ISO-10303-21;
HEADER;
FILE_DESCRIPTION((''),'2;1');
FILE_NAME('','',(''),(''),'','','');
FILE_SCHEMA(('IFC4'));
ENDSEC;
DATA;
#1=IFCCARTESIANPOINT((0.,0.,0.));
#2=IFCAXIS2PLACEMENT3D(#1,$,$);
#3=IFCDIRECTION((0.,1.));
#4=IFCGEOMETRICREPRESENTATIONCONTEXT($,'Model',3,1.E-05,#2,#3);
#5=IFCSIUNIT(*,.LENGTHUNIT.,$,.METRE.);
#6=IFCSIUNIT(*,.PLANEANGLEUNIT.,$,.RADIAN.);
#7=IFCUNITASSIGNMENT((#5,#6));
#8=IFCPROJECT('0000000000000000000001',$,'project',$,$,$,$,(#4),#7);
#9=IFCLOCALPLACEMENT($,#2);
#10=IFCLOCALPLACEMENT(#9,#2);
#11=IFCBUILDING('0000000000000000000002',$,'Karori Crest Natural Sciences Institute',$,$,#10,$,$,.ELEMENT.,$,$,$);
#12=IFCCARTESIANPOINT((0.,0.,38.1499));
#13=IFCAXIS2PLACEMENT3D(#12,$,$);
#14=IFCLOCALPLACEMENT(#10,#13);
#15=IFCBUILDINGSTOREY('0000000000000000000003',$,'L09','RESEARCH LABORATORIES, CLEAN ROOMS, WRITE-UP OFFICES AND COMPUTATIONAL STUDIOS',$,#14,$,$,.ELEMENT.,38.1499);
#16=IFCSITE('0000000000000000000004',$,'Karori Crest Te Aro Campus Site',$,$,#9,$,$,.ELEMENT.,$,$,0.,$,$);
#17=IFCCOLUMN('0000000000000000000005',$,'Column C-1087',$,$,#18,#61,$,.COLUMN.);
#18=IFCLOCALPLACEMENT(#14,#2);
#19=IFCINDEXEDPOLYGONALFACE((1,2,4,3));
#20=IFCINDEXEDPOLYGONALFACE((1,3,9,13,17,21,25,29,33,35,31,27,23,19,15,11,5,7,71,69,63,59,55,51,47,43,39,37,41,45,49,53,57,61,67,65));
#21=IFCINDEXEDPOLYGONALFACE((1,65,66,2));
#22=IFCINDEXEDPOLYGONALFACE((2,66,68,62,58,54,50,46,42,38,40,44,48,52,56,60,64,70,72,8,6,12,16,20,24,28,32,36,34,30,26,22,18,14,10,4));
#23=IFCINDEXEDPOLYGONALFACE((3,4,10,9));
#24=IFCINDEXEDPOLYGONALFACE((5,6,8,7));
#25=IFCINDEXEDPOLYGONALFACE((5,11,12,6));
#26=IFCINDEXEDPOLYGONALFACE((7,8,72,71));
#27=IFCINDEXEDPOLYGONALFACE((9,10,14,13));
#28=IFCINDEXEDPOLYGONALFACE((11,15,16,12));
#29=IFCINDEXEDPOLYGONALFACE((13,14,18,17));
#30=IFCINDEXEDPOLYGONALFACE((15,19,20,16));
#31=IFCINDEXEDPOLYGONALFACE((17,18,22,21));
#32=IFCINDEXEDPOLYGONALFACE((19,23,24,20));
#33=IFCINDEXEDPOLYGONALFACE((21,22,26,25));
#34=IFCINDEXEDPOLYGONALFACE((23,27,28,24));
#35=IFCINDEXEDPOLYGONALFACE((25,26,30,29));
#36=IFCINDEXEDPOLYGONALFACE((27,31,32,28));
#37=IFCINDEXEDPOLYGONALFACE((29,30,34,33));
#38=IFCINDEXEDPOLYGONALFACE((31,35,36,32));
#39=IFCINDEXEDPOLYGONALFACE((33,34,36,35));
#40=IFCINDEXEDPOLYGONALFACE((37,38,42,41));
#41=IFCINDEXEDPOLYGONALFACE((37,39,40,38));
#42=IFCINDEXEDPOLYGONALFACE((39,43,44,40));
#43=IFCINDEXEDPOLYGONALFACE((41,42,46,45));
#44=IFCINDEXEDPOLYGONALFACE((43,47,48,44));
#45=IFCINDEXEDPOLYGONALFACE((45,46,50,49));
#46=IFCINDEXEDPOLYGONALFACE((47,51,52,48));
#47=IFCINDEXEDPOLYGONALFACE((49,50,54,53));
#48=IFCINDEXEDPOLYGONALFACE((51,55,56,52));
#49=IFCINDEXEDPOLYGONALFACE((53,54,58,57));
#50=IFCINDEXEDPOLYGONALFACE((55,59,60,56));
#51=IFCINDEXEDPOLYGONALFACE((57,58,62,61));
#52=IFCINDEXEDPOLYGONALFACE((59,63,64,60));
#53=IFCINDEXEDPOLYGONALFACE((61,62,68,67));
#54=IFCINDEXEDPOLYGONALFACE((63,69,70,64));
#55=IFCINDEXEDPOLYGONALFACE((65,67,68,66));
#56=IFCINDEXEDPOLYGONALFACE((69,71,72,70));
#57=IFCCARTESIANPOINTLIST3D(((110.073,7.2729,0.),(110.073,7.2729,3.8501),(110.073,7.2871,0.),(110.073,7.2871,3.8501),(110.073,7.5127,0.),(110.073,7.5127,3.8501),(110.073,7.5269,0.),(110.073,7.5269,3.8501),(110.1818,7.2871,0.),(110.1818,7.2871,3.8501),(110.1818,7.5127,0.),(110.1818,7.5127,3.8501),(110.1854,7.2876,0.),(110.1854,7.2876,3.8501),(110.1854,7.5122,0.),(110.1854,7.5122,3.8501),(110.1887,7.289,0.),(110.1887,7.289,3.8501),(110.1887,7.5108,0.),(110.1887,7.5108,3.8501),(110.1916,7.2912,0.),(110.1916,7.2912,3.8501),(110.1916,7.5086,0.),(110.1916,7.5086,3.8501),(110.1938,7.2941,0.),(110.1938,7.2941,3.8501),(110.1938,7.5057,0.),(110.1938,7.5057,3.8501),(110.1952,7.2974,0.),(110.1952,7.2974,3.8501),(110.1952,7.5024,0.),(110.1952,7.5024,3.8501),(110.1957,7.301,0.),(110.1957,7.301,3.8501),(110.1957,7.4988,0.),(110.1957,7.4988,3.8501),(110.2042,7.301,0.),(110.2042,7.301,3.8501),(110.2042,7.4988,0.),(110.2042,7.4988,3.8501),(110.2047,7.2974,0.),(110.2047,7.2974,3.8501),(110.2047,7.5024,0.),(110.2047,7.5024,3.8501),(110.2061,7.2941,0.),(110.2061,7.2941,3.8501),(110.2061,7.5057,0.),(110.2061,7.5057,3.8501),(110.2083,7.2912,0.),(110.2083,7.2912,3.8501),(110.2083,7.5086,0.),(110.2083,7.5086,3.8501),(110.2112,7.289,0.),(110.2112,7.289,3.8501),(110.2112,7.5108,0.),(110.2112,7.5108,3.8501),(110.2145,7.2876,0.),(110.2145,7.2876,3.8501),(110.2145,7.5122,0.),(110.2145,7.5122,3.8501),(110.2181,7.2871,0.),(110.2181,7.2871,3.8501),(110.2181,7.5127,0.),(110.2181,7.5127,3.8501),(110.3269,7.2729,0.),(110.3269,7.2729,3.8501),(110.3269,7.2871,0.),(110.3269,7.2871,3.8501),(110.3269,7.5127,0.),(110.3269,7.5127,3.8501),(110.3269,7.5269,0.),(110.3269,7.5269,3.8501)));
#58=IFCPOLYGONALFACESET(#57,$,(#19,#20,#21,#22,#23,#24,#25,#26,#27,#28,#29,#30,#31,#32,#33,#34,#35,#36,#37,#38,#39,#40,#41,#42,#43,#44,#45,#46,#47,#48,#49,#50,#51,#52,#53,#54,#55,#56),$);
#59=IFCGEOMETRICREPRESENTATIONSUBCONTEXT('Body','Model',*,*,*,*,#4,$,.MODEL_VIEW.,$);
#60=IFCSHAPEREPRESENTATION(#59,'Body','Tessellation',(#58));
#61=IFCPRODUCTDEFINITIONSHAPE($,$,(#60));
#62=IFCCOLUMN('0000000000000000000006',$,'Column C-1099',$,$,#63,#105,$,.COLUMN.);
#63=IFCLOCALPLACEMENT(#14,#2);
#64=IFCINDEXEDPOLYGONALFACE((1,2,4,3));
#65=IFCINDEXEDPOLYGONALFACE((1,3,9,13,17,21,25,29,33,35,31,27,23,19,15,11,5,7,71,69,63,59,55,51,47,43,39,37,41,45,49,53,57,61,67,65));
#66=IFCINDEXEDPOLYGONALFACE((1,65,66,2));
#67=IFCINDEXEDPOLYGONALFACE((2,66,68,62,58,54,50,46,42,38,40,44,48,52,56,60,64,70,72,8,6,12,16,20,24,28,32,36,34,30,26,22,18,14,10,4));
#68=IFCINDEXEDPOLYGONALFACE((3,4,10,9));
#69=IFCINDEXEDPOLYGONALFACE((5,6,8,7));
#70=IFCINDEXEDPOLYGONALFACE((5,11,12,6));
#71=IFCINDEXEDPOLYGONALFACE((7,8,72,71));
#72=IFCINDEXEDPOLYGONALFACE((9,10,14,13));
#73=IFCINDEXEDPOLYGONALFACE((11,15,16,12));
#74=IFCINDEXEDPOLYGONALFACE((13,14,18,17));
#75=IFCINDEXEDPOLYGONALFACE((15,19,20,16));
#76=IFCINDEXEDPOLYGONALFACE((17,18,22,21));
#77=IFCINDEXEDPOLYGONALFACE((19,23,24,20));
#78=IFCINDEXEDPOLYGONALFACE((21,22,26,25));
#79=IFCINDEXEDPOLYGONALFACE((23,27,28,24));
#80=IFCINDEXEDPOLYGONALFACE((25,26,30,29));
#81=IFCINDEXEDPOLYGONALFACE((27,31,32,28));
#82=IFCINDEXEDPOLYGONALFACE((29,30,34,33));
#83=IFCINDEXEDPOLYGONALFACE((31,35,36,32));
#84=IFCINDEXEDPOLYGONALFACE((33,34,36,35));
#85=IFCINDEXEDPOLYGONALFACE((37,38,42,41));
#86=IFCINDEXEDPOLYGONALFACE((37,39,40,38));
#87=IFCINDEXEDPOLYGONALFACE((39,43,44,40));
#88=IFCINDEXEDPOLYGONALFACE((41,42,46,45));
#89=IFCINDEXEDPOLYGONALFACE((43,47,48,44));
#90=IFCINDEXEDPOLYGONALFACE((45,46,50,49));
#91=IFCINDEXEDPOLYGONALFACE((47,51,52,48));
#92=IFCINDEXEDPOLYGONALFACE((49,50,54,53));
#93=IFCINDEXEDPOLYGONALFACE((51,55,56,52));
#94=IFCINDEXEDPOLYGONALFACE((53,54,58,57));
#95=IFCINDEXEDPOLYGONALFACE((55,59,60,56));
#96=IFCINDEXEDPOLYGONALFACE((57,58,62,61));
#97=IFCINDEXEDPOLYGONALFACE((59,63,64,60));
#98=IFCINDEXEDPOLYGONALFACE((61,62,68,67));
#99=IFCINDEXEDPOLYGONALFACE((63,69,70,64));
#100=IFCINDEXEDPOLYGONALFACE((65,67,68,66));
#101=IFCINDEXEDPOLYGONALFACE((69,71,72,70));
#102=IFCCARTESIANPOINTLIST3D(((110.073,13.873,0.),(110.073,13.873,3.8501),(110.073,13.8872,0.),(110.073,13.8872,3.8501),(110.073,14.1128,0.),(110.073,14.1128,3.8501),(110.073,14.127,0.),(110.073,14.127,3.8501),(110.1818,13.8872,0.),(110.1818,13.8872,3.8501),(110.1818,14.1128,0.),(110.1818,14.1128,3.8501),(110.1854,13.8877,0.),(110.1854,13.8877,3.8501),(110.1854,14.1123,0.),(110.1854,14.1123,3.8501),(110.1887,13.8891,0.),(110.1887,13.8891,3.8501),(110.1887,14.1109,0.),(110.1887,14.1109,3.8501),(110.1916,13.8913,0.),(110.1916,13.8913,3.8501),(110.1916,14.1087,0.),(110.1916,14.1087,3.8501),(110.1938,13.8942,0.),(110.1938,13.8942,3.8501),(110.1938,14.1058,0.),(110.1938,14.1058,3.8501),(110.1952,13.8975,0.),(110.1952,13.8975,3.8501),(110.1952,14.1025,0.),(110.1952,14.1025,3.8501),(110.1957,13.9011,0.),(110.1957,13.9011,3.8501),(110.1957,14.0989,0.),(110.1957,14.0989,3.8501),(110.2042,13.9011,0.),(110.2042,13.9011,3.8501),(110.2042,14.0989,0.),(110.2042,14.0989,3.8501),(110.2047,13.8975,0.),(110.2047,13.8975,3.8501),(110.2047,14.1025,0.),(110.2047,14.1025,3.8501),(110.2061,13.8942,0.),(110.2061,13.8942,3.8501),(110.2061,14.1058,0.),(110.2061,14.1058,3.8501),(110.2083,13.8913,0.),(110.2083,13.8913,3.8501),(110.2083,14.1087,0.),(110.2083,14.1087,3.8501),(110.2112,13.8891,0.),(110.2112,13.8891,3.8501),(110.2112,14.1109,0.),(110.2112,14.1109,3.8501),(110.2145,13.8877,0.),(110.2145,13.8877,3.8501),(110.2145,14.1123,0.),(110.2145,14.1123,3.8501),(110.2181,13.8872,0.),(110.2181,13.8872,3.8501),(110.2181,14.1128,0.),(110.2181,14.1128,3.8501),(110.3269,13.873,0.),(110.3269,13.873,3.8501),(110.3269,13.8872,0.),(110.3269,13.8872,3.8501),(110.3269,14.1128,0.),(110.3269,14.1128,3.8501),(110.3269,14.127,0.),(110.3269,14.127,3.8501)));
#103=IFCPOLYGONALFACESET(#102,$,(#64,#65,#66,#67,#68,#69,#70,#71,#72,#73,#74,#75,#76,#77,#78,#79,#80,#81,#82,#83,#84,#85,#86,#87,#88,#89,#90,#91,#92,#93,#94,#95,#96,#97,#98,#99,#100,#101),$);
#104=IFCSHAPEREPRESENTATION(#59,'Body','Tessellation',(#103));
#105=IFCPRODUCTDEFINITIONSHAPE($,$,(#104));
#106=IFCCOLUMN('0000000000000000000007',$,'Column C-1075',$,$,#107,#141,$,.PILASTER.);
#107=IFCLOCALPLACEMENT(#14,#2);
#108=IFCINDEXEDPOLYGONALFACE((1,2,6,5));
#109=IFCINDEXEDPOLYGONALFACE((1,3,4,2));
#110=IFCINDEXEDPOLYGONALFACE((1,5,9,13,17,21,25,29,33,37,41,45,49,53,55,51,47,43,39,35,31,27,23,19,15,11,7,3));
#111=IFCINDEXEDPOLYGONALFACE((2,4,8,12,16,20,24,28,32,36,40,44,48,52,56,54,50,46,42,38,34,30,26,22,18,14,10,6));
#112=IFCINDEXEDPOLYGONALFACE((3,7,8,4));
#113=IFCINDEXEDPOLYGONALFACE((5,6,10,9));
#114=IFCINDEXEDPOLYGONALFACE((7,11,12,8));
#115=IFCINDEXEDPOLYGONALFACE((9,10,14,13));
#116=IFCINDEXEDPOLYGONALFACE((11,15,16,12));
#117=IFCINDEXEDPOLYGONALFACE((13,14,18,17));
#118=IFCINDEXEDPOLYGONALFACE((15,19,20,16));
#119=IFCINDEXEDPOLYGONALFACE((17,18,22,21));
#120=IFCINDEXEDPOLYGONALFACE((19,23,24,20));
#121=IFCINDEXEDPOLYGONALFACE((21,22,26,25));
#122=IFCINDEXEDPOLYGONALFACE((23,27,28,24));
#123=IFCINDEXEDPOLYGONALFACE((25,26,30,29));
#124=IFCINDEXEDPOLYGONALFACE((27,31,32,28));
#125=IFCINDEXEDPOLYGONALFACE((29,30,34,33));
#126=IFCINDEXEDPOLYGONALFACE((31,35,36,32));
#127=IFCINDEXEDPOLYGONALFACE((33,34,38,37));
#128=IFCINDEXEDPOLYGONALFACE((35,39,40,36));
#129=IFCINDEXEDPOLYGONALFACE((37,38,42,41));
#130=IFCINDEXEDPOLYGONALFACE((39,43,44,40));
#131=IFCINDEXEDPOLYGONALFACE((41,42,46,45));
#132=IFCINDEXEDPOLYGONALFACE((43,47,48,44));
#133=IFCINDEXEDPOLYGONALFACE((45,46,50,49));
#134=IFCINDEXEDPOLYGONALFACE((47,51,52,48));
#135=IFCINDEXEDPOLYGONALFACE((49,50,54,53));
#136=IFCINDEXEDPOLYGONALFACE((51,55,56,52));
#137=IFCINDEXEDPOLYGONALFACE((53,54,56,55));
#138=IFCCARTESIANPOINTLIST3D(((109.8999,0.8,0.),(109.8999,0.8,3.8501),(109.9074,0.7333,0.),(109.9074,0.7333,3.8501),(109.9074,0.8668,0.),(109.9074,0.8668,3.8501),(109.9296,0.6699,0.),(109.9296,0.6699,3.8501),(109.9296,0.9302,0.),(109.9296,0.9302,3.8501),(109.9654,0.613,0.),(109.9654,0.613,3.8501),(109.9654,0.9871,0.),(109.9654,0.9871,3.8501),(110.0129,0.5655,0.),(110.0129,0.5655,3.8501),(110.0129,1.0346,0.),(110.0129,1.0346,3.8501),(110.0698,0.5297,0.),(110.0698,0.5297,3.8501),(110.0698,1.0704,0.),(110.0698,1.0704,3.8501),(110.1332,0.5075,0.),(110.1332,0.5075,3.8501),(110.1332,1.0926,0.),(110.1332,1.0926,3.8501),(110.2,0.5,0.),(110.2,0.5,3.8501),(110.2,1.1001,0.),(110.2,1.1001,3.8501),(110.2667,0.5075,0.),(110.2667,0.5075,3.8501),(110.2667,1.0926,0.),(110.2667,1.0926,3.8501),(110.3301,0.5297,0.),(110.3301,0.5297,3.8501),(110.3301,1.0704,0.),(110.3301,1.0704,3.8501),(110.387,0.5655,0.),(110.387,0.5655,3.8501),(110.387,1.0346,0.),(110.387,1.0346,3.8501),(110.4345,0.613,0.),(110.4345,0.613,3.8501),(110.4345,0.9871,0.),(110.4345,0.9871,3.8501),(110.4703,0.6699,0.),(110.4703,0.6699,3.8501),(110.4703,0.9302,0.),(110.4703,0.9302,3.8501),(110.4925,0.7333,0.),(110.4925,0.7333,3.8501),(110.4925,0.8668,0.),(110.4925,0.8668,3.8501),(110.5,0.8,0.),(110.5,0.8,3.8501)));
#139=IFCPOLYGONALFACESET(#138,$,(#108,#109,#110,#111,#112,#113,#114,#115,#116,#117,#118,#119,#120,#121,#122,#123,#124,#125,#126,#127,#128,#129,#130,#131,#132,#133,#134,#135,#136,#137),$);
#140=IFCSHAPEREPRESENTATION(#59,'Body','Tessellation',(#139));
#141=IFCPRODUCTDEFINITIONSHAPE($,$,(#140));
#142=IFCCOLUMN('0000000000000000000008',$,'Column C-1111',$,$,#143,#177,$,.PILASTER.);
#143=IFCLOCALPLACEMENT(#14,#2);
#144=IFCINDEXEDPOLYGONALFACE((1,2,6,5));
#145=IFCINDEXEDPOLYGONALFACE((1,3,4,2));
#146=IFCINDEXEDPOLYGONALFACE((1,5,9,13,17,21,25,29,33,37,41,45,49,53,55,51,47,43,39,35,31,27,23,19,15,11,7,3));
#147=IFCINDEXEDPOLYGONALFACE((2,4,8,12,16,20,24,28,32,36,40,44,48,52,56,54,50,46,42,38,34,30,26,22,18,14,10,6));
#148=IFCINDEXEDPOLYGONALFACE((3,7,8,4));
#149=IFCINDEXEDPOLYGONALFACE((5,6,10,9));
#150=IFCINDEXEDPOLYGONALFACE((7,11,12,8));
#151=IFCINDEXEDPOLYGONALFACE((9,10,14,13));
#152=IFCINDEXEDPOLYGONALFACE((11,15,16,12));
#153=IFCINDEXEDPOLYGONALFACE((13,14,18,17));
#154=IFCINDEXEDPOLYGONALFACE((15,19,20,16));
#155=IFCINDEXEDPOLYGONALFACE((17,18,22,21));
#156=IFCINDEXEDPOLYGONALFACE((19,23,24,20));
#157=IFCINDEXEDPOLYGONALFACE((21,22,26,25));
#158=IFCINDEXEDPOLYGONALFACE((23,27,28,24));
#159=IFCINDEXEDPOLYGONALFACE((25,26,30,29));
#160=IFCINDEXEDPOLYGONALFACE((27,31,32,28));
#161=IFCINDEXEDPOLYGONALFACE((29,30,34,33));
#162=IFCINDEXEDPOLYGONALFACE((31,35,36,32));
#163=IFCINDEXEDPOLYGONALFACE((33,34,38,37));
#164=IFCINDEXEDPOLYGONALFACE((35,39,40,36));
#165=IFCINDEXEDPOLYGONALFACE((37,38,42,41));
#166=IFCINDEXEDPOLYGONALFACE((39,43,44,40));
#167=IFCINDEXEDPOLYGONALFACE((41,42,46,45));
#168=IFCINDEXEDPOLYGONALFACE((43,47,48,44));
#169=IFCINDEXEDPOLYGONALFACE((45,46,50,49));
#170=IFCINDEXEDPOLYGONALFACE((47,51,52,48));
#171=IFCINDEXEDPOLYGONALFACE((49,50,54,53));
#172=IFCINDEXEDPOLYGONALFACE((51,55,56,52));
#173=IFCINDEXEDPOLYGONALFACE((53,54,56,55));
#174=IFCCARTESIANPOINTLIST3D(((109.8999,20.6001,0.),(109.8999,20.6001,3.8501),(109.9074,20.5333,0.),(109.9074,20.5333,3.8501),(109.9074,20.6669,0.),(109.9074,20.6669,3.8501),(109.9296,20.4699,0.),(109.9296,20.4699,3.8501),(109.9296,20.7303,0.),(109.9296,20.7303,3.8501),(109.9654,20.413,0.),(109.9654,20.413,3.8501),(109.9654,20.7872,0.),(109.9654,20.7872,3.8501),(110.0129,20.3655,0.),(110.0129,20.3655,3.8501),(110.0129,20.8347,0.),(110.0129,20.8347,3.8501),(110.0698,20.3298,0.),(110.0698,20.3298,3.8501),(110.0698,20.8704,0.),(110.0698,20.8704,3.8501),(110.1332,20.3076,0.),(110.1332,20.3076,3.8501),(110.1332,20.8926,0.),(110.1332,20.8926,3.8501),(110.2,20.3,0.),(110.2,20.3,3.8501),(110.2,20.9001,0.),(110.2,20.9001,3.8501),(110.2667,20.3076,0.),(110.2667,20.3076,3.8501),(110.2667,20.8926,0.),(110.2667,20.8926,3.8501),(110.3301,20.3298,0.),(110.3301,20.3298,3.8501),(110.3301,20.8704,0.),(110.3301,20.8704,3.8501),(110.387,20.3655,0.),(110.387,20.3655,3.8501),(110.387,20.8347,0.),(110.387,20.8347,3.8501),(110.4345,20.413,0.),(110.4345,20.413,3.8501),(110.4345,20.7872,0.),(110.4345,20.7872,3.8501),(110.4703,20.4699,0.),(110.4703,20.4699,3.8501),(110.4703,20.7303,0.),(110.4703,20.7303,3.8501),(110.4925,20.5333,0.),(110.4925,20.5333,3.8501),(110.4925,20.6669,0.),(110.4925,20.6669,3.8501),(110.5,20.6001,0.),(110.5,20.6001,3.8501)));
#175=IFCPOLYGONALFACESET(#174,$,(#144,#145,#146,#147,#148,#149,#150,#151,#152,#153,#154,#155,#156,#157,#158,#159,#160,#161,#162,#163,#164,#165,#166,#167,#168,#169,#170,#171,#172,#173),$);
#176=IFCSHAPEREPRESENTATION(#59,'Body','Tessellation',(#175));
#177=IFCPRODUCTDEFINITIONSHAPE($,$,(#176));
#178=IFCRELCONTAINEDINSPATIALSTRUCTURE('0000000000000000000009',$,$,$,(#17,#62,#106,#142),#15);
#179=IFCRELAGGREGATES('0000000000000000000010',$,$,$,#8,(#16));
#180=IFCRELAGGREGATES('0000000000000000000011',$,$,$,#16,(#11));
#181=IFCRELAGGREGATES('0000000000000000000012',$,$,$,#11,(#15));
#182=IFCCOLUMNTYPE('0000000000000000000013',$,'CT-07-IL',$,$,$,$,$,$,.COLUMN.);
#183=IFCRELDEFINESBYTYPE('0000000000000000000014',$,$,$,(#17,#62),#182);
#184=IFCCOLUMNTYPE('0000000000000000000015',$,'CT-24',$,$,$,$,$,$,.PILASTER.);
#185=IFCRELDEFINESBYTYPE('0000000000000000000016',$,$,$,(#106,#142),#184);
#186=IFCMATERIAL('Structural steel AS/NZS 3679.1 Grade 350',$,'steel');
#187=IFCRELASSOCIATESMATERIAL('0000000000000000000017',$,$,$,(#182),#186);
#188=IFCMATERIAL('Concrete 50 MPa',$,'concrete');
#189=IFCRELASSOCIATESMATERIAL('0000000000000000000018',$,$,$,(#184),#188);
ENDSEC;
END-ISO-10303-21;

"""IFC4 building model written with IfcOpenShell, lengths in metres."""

from ifc_helpers import new_model, si_unit, direction, frame, origin, origin_2d, place, context, subcontext, project, spatial, circle, i_section, extrude, material, material_profile, profile_set, type_object, element, save


model = new_model("IFC4")

# Units and contexts
model_context = context("Model", 3, precision=1e-05, world=origin(), true_north=direction((0.0, 1.0)))
body_context = subcontext(model_context, "Body", "Model", "MODEL_VIEW")
ifc_project = project(units=[si_unit("LENGTHUNIT", "METRE"), si_unit("PLANEANGLEUNIT", "RADIAN")], contexts=[model_context])

# Site, building, storey
site_placement = place(None, origin())
site = spatial("IfcSite", under=ifc_project, at=site_placement, Name="Karori Crest Te Aro Campus Site", CompositionType="ELEMENT", RefElevation=0.0)
building_placement = place(site_placement, origin())
building = spatial("IfcBuilding", under=site, at=building_placement, Name="Karori Crest Natural Sciences Institute", CompositionType="ELEMENT")
storey_placement = place(building_placement, frame((0.0, 0.0, 38.1499)))
storey = spatial("IfcBuildingStorey", under=building, at=storey_placement, Name="L09", Description="RESEARCH LABORATORIES, CLEAN ROOMS, WRITE-UP OFFICES AND COMPUTATIONAL STUDIOS", CompositionType="ELEMENT", Elevation=38.1499)

# Columns
ifc_material_1 = material(Name="Structural steel AS/NZS 3679.1 Grade 350", Category="steel")
ifc_material_profile_1 = material_profile(ifc_material_1, i_section(OverallWidth=0.2539, OverallDepth=0.2539, WebThickness=0.0085, FlangeThickness=0.0142, FilletRadius=0.0139, at=origin_2d()), Name="250UC72.9")
ifc_profile_set_1 = profile_set([ifc_material_profile_1], Name="Structural steel AS/NZS 3679.1 Grade 350")
column_type_1 = type_object("IfcColumnType", Name="CT-07-IL", PredefinedType="COLUMN", material=ifc_profile_set_1)
for number, where, z_axis, x_axis, name in (
    (1, (110.2, 7.3999, 0.0), (0.0, 0.0, 1.0), (1.0, 0.0, 0.0), "Column C-1087"),
    (2, (110.2, 14.0, 0.0), (0.0, 0.0, 1.0), (1.0, 0.0, 0.0), "Column C-1099"),
):
    element("IfcColumn", number, at=place(storey_placement, frame(where, z_axis=z_axis, x_axis=x_axis)), inside=storey, type_object=column_type_1, Name=name, PredefinedType="COLUMN", context=body_context, shape_type="SweptSolid", body=[
        extrude(i_section(OverallWidth=0.2539, OverallDepth=0.2539, WebThickness=0.0085, FlangeThickness=0.0142, FilletRadius=0.0139, at=origin_2d()), origin(), (0.0, 0.0, 1.0), 3.8501),
    ])
ifc_material_2 = material(Name="Concrete 50 MPa", Category="concrete")
ifc_material_profile_2 = material_profile(ifc_material_2, circle(Radius=0.3, at=origin_2d()), Name="RCC600")
ifc_profile_set_2 = profile_set([ifc_material_profile_2], Name="Concrete 50 MPa")
column_type_2 = type_object("IfcColumnType", Name="CT-24", PredefinedType="PILASTER", material=ifc_profile_set_2)
for number, where, z_axis, x_axis, name in (
    (3, (110.2, 0.8, 0.0), (0.0, 0.0, 1.0), (1.0, 0.0, 0.0), "Column C-1075"),
    (4, (110.2, 20.6001, 0.0), (0.0, 0.0, 1.0), (1.0, 0.0, 0.0), "Column C-1111"),
):
    element("IfcColumn", number, at=place(storey_placement, frame(where, z_axis=z_axis, x_axis=x_axis)), inside=storey, type_object=column_type_2, Name=name, PredefinedType="PILASTER", context=body_context, shape_type="SweptSolid", body=[
        extrude(circle(Radius=0.3, at=origin_2d()), origin(), (0.0, 0.0, 1.0), 3.8501),
    ])

save(model, "model.ifc")
